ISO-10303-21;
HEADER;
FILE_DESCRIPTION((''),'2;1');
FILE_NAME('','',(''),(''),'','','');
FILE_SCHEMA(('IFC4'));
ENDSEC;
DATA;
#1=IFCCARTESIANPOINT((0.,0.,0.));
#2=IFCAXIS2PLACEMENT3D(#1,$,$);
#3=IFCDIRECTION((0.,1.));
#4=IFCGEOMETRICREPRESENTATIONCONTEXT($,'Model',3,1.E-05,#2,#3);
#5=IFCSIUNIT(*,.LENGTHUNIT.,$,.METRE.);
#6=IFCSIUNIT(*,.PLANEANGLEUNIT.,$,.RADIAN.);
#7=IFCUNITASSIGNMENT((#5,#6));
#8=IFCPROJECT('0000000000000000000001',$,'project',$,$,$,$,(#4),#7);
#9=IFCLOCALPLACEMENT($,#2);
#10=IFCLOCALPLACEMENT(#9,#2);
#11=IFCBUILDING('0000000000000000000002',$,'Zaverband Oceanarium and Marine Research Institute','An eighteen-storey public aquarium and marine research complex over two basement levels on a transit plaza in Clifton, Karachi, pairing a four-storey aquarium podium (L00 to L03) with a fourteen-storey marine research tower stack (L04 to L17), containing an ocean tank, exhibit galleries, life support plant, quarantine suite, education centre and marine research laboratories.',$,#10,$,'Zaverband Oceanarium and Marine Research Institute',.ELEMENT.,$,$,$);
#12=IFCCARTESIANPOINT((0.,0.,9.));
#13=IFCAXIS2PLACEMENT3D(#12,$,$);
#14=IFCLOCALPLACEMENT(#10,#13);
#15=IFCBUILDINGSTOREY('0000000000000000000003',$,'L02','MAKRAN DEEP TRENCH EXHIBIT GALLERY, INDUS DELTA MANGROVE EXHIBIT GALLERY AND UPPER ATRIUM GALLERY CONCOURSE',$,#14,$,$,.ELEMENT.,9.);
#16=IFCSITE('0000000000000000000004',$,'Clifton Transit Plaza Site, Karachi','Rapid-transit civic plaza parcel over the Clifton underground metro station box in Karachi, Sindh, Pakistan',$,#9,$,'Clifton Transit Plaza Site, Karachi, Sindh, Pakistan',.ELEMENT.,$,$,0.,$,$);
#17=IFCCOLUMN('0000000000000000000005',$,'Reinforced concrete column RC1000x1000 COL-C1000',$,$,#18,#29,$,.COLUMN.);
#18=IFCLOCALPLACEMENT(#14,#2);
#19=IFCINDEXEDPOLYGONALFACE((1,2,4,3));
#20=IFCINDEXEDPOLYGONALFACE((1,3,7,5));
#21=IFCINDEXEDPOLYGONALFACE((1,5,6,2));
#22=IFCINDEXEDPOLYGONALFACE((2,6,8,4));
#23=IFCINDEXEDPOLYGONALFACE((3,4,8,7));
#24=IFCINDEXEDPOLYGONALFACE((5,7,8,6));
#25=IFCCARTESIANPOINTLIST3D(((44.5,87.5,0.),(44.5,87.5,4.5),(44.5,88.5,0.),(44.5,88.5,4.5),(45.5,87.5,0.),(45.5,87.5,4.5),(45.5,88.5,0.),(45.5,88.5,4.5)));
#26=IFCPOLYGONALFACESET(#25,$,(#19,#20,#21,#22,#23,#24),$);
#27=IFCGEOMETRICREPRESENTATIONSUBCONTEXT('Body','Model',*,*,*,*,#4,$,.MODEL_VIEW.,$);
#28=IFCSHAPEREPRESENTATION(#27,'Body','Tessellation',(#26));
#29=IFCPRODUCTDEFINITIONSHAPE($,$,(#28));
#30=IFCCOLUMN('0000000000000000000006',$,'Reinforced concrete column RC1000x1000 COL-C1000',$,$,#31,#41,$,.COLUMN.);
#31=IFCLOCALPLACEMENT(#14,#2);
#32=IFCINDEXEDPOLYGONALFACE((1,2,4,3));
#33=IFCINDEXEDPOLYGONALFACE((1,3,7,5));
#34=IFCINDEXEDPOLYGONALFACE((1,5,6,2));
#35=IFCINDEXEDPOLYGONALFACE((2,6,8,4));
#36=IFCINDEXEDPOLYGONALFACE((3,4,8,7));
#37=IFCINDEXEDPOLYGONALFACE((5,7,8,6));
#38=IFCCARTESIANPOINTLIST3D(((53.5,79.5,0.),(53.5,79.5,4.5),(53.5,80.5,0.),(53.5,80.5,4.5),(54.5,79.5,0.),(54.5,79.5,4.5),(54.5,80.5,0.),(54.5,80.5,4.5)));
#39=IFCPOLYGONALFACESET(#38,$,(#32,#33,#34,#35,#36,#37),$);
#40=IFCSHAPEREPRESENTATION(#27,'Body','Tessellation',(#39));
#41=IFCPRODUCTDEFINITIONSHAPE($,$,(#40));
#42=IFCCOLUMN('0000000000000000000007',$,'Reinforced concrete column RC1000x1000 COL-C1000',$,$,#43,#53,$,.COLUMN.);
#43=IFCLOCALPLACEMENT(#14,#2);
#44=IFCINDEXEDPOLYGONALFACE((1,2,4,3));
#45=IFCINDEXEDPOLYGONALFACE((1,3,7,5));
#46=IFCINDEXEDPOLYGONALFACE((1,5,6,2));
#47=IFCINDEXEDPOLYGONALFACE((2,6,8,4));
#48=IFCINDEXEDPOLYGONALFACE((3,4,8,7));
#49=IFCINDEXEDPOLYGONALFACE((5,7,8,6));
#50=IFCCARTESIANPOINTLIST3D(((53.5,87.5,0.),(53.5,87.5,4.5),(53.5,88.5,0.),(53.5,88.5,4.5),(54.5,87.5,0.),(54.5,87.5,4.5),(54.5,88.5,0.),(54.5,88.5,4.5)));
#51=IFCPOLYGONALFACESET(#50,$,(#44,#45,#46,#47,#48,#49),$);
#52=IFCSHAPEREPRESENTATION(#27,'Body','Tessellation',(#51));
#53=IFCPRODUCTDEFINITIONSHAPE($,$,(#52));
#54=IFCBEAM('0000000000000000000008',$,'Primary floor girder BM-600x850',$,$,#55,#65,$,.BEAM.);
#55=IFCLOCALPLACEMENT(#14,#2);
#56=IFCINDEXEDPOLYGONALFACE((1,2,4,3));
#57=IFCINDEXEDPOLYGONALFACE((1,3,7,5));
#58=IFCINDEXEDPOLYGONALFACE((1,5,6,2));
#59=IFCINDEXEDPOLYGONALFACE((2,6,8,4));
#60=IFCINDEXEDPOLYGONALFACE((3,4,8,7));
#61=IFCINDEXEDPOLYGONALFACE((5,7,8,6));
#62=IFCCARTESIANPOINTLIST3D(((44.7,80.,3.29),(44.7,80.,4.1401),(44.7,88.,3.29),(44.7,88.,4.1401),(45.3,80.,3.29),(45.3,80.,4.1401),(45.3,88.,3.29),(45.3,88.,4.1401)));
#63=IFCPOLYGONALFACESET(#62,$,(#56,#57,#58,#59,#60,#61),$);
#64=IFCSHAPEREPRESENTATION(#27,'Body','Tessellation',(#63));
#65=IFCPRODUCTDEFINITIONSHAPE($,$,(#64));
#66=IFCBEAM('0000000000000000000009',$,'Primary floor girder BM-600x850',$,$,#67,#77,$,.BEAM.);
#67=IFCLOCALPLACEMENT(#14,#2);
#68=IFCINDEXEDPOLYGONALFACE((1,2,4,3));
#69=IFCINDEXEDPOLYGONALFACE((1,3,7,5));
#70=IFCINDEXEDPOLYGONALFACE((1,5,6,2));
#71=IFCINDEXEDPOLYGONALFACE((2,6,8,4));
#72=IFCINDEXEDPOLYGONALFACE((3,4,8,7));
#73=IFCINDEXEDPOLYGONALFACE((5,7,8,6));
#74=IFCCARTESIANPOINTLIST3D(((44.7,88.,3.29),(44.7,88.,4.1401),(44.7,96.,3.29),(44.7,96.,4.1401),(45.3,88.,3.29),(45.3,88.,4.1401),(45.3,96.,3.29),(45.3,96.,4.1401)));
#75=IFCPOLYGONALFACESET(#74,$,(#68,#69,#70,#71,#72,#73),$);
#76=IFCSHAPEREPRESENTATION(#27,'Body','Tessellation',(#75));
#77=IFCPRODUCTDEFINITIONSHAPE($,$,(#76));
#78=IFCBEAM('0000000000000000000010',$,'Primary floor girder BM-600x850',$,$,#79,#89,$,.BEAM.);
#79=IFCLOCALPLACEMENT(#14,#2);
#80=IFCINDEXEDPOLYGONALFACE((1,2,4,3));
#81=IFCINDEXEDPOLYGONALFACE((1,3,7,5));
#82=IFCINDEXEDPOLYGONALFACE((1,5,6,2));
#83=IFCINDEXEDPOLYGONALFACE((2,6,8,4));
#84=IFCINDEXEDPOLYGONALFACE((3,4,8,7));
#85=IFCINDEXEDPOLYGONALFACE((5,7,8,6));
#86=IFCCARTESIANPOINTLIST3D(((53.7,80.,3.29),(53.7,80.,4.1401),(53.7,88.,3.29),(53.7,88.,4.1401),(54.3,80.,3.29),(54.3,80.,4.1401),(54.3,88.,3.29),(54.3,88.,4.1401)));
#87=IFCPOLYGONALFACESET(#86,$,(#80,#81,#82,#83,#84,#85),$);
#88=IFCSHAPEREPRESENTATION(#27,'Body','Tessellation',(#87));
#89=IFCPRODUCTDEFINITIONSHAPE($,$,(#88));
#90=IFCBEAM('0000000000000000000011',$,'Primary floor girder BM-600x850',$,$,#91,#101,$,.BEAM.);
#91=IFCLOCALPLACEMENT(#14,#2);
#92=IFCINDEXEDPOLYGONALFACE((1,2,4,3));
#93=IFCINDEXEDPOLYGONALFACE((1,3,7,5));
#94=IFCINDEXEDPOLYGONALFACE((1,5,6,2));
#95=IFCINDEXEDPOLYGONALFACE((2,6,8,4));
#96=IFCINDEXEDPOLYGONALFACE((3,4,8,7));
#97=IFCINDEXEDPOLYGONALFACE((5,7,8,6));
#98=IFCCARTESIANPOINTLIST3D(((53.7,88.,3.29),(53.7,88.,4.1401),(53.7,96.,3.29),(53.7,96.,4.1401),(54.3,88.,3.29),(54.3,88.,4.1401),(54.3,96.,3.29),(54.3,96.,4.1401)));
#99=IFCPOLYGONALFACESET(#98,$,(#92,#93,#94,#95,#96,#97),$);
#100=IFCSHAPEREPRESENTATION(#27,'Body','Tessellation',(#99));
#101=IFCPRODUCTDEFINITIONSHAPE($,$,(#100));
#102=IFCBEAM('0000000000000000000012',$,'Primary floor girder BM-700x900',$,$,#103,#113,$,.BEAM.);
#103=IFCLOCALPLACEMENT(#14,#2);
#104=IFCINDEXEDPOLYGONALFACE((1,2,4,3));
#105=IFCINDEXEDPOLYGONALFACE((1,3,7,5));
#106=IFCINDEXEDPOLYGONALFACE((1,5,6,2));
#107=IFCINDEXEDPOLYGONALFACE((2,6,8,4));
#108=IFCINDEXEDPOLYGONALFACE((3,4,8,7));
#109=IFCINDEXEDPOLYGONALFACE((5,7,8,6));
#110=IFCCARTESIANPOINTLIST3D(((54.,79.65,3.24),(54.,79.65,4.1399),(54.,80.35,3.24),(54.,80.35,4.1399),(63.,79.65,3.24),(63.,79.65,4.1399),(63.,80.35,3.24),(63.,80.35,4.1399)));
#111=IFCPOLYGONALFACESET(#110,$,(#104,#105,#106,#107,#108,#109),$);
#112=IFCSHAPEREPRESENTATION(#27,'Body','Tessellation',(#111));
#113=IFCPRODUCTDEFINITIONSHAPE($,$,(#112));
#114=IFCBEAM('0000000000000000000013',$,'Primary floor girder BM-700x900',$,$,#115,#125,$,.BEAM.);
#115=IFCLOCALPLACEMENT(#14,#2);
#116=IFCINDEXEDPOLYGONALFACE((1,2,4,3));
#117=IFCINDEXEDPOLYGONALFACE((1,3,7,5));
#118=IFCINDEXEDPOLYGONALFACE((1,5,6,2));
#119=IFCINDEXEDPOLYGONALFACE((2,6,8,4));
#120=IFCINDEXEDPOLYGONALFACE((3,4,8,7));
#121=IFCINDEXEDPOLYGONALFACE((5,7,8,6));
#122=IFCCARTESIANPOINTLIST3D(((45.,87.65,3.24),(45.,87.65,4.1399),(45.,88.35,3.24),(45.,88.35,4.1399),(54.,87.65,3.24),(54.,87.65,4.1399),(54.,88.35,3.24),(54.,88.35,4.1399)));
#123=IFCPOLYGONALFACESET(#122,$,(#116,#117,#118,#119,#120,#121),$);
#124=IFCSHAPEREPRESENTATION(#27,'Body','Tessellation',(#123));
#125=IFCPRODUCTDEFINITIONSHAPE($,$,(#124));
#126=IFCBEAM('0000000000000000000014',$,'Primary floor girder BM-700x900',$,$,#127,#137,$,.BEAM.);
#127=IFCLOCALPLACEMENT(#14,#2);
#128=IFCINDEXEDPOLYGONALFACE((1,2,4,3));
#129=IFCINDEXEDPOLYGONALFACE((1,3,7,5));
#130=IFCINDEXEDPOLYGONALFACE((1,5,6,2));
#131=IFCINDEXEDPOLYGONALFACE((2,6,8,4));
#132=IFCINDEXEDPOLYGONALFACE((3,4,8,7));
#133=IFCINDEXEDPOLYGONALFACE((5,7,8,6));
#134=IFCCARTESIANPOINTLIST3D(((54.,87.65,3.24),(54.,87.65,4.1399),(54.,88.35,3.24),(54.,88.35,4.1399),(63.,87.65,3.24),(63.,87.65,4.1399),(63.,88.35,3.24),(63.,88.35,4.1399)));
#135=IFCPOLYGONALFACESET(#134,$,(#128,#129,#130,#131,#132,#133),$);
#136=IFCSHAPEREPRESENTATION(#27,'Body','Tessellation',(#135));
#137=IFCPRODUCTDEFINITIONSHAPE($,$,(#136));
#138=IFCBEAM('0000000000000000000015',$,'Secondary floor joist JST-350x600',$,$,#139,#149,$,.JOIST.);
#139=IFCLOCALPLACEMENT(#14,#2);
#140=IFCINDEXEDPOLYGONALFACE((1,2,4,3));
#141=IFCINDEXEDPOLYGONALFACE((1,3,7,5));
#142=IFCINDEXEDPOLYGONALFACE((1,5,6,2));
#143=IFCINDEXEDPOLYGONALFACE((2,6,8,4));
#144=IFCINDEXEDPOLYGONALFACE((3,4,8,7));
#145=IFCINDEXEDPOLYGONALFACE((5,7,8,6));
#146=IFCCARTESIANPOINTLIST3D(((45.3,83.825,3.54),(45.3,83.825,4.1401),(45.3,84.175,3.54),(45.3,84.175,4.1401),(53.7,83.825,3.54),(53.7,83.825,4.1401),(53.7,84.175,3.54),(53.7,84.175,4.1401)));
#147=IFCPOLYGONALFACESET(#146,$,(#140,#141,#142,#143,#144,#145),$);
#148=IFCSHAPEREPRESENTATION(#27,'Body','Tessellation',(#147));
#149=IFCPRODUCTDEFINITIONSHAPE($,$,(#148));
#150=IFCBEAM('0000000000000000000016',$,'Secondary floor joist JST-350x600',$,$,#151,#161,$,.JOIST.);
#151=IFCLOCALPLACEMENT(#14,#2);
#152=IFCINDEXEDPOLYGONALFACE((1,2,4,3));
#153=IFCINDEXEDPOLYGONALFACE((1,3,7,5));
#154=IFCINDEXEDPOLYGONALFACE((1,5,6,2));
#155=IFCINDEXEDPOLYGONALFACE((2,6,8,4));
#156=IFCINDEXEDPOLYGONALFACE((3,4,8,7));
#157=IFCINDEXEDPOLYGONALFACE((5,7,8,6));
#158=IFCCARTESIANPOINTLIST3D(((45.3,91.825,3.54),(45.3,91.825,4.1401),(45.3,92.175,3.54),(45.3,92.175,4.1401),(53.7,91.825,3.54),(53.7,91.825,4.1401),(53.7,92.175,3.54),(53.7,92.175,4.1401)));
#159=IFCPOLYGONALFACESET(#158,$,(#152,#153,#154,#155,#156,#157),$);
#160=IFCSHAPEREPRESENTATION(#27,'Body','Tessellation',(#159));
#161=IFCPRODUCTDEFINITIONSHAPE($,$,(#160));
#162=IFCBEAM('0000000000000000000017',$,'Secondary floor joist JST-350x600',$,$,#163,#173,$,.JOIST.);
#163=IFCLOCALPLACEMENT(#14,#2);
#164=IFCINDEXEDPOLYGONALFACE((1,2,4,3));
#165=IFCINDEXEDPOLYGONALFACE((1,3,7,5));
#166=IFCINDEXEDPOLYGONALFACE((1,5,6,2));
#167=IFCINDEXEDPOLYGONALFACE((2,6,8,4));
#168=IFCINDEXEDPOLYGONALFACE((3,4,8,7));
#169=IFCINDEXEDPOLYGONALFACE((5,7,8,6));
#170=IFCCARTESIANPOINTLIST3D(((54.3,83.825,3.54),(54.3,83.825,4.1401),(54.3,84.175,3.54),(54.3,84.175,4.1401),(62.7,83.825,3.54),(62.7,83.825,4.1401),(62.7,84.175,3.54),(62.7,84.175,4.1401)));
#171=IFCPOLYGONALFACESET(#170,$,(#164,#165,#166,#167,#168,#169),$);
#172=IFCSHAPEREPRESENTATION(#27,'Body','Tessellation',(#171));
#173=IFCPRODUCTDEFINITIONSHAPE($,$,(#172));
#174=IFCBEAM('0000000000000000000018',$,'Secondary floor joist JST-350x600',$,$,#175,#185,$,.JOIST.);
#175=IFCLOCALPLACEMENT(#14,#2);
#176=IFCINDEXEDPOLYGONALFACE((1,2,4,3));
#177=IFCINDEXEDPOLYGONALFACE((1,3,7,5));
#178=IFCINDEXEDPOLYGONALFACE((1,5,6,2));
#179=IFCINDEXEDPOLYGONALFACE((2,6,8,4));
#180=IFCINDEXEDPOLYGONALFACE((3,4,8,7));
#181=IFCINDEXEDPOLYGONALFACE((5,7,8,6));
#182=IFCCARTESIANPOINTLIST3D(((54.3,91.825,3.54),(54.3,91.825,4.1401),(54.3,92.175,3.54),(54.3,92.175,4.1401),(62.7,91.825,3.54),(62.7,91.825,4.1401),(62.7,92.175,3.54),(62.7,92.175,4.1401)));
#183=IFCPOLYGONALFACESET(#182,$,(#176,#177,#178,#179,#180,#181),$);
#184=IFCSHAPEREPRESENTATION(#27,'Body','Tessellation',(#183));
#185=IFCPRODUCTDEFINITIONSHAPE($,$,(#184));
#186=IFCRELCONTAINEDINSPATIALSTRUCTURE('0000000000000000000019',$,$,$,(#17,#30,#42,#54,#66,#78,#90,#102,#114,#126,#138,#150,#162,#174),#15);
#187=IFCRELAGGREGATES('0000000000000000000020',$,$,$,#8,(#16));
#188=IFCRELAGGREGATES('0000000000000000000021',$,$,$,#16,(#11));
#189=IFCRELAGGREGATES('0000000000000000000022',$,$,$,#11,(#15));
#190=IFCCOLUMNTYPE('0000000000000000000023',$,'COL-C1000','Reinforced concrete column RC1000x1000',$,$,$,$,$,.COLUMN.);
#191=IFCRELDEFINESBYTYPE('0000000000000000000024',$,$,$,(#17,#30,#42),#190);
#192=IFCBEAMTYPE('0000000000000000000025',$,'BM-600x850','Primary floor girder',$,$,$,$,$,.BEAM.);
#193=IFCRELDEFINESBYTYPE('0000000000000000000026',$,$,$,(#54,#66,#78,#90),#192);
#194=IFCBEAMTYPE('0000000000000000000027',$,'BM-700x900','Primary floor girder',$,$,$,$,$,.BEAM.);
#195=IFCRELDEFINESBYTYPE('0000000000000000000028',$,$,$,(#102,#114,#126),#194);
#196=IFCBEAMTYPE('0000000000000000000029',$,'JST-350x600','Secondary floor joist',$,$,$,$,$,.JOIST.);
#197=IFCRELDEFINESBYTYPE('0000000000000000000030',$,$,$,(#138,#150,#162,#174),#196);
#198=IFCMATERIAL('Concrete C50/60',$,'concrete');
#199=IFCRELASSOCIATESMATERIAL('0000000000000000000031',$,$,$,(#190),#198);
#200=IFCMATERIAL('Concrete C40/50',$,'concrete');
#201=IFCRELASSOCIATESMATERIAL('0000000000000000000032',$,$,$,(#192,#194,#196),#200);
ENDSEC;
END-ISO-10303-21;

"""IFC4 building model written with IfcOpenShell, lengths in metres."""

from ifc_helpers import new_model, si_unit, direction, frame, origin, origin_2d, place, context, subcontext, project, spatial, rectangle, extrude, material, material_profile, profile_set, type_object, element, save


model = new_model("IFC4")

# Units and contexts
model_context = context("Model", 3, precision=1e-05, world=origin(), true_north=direction((0.0, 1.0)))
body_context = subcontext(model_context, "Body", "Model", "MODEL_VIEW")
ifc_project = project(units=[si_unit("LENGTHUNIT", "METRE"), si_unit("PLANEANGLEUNIT", "RADIAN")], contexts=[model_context])

# Site, building, storey
site_placement = place(None, origin())
site = spatial("IfcSite", under=ifc_project, at=site_placement, Name="Clifton Transit Plaza Site, Karachi", Description="Rapid-transit civic plaza parcel over the Clifton underground metro station box in Karachi, Sindh, Pakistan", LongName="Clifton Transit Plaza Site, Karachi, Sindh, Pakistan", CompositionType="ELEMENT", RefElevation=0.0)
building_placement = place(site_placement, origin())
building = spatial("IfcBuilding", under=site, at=building_placement, Name="Zaverband Oceanarium and Marine Research Institute", Description="An eighteen-storey public aquarium and marine research complex over two basement levels on a transit plaza in Clifton, Karachi, pairing a four-storey aquarium podium (L00 to L03) with a fourteen-storey marine research tower stack (L04 to L17), containing an ocean tank, exhibit galleries, life support plant, quarantine suite, education centre and marine research laboratories.", LongName="Zaverband Oceanarium and Marine Research Institute", CompositionType="ELEMENT")
storey_placement = place(building_placement, frame((0.0, 0.0, 9.0)))
storey = spatial("IfcBuildingStorey", under=building, at=storey_placement, Name="L02", Description="MAKRAN DEEP TRENCH EXHIBIT GALLERY, INDUS DELTA MANGROVE EXHIBIT GALLERY AND UPPER ATRIUM GALLERY CONCOURSE", CompositionType="ELEMENT", Elevation=9.0)

# Columns
ifc_material_1 = material(Name="Concrete C50/60", Category="concrete")
ifc_material_profile_1 = material_profile(ifc_material_1, rectangle(XDim=1.0, YDim=1.0, at=origin_2d()), Name="RC1000x1000")
ifc_profile_set_1 = profile_set([ifc_material_profile_1], Name="Concrete C50/60")
column_type = type_object("IfcColumnType", Name="COL-C1000", Description="Reinforced concrete column RC1000x1000", PredefinedType="COLUMN", material=ifc_profile_set_1)
for number, where, z_axis, x_axis, name in (
    (1, (45.0, 88.0, 0.0), (0.0, 0.0, 1.0), (1.0, 0.0, 0.0), "Reinforced concrete column RC1000x1000 COL-C1000"),
    (2, (54.0, 80.0, 0.0), (0.0, 0.0, 1.0), (1.0, 0.0, 0.0), "Reinforced concrete column RC1000x1000 COL-C1000"),
    (3, (54.0, 88.0, 0.0), (0.0, 0.0, 1.0), (1.0, 0.0, 0.0), "Reinforced concrete column RC1000x1000 COL-C1000"),
):
    element("IfcColumn", number, at=place(storey_placement, frame(where, z_axis=z_axis, x_axis=x_axis)), inside=storey, type_object=column_type, Name=name, PredefinedType="COLUMN", context=body_context, shape_type="SweptSolid", body=[
        extrude(rectangle(XDim=1.0, YDim=1.0, at=origin_2d()), origin(), (0.0, 0.0, 1.0), 4.5),
    ])

# Beams
ifc_material_2 = material(Name="Concrete C40/50", Category="concrete")
ifc_material_profile_2 = material_profile(ifc_material_2, rectangle(XDim=0.6001, YDim=0.8501, at=origin_2d()), Name="RC600x850")
ifc_profile_set_2 = profile_set([ifc_material_profile_2], Name="Concrete C40/50")
beam_type_1 = type_object("IfcBeamType", Name="BM-600x850", Description="Primary floor girder", PredefinedType="BEAM", material=ifc_profile_set_2)
for number, where, z_axis, x_axis, name in (
    (4, (45.0, 80.0, 3.7151), (0.0, 1.0, 0.0), (-1.0, 0.0, 0.0), "Primary floor girder BM-600x850"),
    (5, (45.0, 88.0, 3.7151), (0.0, 1.0, 0.0), (-1.0, 0.0, 0.0), "Primary floor girder BM-600x850"),
    (6, (54.0, 80.0, 3.7151), (0.0, 1.0, 0.0), (-1.0, 0.0, 0.0), "Primary floor girder BM-600x850"),
    (7, (54.0, 88.0, 3.7151), (0.0, 1.0, 0.0), (-1.0, 0.0, 0.0), "Primary floor girder BM-600x850"),
):
    element("IfcBeam", number, at=place(storey_placement, frame(where, z_axis=z_axis, x_axis=x_axis)), inside=storey, type_object=beam_type_1, Name=name, PredefinedType="BEAM", context=body_context, shape_type="SweptSolid", body=[
        extrude(rectangle(XDim=0.6001, YDim=0.8501, at=origin_2d()), origin(), (0.0, 0.0, 1.0), 8.0),
    ])
ifc_material_profile_3 = material_profile(ifc_material_2, rectangle(XDim=0.7, YDim=0.8999, at=origin_2d()), Name="RC700x900")
ifc_profile_set_3 = profile_set([ifc_material_profile_3], Name="Concrete C40/50")
beam_type_2 = type_object("IfcBeamType", Name="BM-700x900", Description="Primary floor girder", PredefinedType="BEAM", material=ifc_profile_set_3)
for number, where, z_axis, x_axis, name in (
    (8, (54.0, 80.0, 3.6899), (1.0, 0.0, 0.0), (0.0, 1.0, 0.0), "Primary floor girder BM-700x900"),
    (9, (45.0, 88.0, 3.6899), (1.0, 0.0, 0.0), (0.0, 1.0, 0.0), "Primary floor girder BM-700x900"),
    (10, (54.0, 88.0, 3.6899), (1.0, 0.0, 0.0), (0.0, 1.0, 0.0), "Primary floor girder BM-700x900"),
):
    element("IfcBeam", number, at=place(storey_placement, frame(where, z_axis=z_axis, x_axis=x_axis)), inside=storey, type_object=beam_type_2, Name=name, PredefinedType="BEAM", context=body_context, shape_type="SweptSolid", body=[
        extrude(rectangle(XDim=0.7, YDim=0.8999, at=origin_2d()), origin(), (0.0, 0.0, 1.0), 9.0),
    ])
ifc_material_profile_4 = material_profile(ifc_material_2, rectangle(XDim=0.3501, YDim=0.6001, at=origin_2d()), Name="RC350x600")
ifc_profile_set_4 = profile_set([ifc_material_profile_4], Name="Concrete C40/50")
beam_type_3 = type_object("IfcBeamType", Name="JST-350x600", Description="Secondary floor joist", PredefinedType="JOIST", material=ifc_profile_set_4)
for number, where, z_axis, x_axis, name in (
    (11, (45.3, 84.0, 3.8401), (1.0, 0.0, 0.0), (0.0, 1.0, 0.0), "Secondary floor joist JST-350x600"),
    (12, (45.3, 92.0, 3.8401), (1.0, 0.0, 0.0), (0.0, 1.0, 0.0), "Secondary floor joist JST-350x600"),
    (13, (54.3, 84.0, 3.8401), (1.0, 0.0, 0.0), (0.0, 1.0, 0.0), "Secondary floor joist JST-350x600"),
    (14, (54.3, 92.0, 3.8401), (1.0, 0.0, 0.0), (0.0, 1.0, 0.0), "Secondary floor joist JST-350x600"),
):
    element("IfcBeam", number, at=place(storey_placement, frame(where, z_axis=z_axis, x_axis=x_axis)), inside=storey, type_object=beam_type_3, Name=name, PredefinedType="JOIST", context=body_context, shape_type="SweptSolid", body=[
        extrude(rectangle(XDim=0.3501, YDim=0.6001, at=origin_2d()), origin(), (0.0, 0.0, 1.0), 8.3999),
    ])

save(model, "model.ifc")
